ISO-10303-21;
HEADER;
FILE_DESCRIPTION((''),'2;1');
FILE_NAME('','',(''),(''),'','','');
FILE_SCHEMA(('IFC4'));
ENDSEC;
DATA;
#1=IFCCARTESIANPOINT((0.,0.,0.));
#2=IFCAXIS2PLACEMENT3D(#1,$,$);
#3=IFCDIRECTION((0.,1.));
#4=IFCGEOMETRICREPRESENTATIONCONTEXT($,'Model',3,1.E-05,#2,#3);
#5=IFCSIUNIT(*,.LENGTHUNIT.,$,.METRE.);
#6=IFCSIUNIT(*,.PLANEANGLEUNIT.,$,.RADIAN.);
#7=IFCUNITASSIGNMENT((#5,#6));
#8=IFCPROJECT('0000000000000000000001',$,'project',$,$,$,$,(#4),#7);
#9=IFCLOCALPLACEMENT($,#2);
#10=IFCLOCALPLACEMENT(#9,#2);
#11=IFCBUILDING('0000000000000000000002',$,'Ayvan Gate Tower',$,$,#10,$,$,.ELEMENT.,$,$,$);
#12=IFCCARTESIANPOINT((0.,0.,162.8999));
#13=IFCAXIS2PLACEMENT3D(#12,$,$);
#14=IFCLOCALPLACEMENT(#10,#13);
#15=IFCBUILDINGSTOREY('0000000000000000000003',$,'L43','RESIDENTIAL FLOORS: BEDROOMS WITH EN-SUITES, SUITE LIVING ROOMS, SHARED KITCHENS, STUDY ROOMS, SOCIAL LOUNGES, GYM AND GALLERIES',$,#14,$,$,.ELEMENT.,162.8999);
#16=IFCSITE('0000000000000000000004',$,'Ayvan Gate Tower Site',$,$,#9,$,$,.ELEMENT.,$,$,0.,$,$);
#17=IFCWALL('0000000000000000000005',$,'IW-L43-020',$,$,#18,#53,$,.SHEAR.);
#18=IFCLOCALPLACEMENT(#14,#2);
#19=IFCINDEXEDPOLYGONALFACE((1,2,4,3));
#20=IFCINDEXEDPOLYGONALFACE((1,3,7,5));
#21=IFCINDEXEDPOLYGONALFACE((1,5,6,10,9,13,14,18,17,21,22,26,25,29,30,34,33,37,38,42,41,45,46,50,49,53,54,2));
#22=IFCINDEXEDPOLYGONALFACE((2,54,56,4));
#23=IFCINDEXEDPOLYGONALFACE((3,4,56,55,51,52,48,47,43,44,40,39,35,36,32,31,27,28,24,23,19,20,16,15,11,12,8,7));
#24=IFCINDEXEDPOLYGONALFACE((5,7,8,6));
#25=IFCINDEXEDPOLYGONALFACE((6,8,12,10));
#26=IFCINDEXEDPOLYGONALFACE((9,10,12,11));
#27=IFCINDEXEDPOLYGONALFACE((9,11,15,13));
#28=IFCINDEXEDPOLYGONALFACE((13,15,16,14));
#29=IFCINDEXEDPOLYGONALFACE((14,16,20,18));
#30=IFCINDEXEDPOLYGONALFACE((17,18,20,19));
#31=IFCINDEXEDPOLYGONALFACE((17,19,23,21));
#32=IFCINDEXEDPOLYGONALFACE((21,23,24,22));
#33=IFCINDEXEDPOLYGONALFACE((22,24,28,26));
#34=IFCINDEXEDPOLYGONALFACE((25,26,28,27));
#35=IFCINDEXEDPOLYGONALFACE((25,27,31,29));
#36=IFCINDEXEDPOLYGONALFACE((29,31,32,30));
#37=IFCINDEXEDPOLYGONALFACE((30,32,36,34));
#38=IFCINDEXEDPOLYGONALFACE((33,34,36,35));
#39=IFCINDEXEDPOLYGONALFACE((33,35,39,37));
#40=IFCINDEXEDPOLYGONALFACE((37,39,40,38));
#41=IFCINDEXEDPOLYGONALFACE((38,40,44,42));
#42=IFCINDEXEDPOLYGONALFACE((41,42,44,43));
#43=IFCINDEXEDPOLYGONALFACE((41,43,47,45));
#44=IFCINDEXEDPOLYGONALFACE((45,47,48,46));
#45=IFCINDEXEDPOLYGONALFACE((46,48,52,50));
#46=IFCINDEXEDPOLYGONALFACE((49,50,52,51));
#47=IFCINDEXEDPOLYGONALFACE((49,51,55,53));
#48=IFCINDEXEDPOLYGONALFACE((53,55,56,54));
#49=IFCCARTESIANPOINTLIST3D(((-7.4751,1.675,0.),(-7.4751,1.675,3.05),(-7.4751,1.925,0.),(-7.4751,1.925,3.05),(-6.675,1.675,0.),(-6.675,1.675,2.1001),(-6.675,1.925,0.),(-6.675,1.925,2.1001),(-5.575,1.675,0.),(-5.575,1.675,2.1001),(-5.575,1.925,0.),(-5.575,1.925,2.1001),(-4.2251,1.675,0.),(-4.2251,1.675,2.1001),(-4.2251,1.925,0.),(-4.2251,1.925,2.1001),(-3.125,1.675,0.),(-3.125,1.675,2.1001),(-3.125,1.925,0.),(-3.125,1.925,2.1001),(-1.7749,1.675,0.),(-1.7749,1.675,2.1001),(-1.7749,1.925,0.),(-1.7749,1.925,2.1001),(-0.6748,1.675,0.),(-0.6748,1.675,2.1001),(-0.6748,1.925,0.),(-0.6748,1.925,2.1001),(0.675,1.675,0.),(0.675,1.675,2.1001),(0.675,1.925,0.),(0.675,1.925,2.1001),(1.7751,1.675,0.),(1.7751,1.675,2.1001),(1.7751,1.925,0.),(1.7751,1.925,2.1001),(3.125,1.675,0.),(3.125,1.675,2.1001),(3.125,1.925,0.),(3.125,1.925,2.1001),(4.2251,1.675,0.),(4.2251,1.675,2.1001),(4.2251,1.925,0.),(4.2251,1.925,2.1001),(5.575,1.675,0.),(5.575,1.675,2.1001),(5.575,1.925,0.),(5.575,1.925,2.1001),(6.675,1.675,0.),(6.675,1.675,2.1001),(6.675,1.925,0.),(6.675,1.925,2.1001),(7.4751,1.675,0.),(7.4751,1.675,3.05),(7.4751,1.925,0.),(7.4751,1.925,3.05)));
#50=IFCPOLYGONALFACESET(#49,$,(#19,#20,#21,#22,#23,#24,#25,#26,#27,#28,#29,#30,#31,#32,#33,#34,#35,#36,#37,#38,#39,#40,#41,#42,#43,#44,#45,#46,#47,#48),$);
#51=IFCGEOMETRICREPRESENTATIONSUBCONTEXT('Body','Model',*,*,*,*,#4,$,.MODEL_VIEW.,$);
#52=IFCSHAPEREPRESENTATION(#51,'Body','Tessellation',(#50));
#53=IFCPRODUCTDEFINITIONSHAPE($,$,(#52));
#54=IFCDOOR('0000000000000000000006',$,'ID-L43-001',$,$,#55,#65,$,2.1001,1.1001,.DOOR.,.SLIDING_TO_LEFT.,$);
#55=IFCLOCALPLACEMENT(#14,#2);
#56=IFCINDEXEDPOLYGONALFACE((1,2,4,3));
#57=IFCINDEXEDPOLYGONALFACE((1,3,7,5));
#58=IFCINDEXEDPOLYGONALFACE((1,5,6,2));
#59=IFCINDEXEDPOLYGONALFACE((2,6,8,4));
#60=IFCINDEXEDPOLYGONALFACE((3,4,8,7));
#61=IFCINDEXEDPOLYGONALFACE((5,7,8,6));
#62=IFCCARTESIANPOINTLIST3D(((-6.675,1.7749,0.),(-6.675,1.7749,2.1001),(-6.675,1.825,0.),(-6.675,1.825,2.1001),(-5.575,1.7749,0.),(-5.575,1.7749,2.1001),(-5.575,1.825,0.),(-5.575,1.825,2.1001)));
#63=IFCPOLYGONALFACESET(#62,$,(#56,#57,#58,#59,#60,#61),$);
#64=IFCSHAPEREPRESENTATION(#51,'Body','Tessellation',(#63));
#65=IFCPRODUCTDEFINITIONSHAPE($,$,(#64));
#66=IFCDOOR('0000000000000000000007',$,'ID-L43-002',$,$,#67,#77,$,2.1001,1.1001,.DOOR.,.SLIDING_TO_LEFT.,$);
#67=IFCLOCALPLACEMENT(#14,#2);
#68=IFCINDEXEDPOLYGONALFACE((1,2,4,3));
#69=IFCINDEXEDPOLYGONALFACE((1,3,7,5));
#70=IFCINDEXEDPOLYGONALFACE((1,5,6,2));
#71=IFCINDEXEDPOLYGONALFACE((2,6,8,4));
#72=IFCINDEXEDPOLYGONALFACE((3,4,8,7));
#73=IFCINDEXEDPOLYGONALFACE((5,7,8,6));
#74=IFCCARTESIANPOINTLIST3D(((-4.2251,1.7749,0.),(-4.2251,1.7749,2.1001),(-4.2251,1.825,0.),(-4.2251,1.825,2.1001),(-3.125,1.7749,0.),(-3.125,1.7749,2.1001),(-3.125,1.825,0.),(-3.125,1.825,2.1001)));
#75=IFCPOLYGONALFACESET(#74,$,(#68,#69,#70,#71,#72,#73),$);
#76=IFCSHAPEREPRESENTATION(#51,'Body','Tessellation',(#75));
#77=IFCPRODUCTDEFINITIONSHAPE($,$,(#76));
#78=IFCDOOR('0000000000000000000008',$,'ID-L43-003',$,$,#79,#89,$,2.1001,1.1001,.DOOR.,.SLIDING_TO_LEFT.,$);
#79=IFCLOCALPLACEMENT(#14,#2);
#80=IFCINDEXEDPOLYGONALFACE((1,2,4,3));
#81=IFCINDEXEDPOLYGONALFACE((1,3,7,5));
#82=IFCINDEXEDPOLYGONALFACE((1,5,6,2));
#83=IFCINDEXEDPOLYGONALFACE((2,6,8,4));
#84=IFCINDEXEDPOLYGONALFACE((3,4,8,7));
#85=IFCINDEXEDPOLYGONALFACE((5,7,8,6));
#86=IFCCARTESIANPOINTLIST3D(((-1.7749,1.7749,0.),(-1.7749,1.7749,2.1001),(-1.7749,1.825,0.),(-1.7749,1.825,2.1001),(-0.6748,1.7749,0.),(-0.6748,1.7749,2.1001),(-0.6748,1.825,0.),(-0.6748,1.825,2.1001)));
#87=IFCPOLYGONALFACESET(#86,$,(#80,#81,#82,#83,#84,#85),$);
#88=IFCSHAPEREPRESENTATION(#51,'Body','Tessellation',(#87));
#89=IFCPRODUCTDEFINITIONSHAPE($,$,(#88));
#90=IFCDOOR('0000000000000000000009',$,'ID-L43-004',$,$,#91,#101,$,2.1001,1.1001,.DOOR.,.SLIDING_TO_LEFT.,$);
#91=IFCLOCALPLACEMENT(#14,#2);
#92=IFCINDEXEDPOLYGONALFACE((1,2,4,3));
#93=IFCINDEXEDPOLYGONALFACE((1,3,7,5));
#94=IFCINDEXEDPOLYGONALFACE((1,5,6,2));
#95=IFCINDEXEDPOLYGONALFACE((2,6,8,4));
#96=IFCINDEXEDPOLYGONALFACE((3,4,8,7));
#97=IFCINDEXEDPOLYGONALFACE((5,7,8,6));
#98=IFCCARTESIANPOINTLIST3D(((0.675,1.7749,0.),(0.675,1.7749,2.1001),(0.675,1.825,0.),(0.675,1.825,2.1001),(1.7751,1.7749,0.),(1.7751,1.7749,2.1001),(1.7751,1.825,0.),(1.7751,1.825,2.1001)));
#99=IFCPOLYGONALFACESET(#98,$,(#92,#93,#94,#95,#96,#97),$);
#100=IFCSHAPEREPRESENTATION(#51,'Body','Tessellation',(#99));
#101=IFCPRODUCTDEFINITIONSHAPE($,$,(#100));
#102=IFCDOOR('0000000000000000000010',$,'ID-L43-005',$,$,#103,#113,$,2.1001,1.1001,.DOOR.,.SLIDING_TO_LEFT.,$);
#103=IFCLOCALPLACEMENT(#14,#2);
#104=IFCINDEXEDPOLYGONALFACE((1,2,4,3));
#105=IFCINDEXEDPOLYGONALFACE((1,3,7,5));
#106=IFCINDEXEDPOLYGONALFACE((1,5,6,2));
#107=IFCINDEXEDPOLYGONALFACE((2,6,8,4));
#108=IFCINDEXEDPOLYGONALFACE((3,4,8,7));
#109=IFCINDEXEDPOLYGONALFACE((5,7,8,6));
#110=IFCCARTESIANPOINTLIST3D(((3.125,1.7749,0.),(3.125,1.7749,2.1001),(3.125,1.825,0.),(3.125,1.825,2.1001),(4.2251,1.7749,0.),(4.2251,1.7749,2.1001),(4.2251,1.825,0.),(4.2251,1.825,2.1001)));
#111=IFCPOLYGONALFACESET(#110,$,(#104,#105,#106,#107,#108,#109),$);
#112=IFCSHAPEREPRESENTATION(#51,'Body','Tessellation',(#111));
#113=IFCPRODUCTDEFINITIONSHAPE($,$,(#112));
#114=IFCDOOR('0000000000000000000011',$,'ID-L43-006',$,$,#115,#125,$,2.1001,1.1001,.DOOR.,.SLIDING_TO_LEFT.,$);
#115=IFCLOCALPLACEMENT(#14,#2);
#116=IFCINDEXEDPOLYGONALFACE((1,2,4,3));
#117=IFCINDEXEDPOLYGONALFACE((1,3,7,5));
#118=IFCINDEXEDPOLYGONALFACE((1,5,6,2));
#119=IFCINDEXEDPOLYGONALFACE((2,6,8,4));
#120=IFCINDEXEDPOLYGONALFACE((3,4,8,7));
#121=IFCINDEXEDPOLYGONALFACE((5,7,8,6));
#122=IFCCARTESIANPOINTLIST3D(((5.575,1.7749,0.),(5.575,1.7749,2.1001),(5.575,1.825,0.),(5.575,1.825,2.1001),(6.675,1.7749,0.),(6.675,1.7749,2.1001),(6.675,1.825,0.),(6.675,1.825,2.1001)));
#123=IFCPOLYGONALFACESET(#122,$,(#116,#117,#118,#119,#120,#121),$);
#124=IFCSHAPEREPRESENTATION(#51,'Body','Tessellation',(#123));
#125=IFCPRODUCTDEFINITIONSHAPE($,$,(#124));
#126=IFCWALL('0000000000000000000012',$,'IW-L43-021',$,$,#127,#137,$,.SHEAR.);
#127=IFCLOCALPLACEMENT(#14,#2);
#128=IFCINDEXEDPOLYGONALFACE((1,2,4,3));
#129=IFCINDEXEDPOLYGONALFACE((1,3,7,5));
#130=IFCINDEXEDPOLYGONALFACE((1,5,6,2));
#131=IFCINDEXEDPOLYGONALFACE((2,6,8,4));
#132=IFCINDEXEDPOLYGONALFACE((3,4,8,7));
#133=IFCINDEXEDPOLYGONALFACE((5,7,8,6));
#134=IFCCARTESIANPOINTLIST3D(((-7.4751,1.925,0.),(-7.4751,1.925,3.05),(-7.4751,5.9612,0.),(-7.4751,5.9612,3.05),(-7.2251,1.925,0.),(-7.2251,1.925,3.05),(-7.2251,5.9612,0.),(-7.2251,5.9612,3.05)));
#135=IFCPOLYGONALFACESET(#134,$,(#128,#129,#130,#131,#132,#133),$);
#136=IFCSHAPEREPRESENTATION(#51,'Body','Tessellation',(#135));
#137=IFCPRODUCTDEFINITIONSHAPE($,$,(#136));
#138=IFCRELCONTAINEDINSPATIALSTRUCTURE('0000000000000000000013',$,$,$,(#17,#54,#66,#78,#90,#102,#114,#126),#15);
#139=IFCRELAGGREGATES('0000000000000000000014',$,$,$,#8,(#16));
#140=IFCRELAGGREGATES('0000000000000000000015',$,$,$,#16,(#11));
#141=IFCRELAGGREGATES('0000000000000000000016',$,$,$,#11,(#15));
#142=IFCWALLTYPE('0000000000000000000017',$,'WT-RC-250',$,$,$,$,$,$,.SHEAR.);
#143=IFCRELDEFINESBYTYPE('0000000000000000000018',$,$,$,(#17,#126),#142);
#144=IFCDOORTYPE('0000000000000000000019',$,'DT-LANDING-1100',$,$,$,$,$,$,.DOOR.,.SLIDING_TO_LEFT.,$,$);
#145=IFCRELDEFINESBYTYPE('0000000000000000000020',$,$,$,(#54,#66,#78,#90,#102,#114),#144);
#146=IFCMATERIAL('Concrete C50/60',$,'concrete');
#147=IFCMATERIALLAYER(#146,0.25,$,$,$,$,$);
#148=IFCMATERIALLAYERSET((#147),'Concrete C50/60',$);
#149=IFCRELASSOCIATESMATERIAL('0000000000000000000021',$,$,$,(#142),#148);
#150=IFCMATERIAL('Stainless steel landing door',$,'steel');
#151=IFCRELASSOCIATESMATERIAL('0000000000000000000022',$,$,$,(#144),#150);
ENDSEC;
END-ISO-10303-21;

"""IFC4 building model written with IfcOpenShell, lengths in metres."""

from ifc_helpers import new_model, si_unit, direction, frame, frame_2d, origin, place, context, subcontext, project, spatial, rectangle, extrude, material, layer, layer_set, type_object, element, fill, save


model = new_model("IFC4")

# Units and contexts
model_context = context("Model", 3, precision=1e-05, world=origin(), true_north=direction((0.0, 1.0)))
body_context = subcontext(model_context, "Body", "Model", "MODEL_VIEW")
ifc_project = project(units=[si_unit("LENGTHUNIT", "METRE"), si_unit("PLANEANGLEUNIT", "RADIAN")], contexts=[model_context])

# Site, building, storey
site_placement = place(None, origin())
site = spatial("IfcSite", under=ifc_project, at=site_placement, Name="Ayvan Gate Tower Site", CompositionType="ELEMENT", RefElevation=0.0)
building_placement = place(site_placement, origin())
building = spatial("IfcBuilding", under=site, at=building_placement, Name="Ayvan Gate Tower", CompositionType="ELEMENT")
storey_placement = place(building_placement, frame((0.0, 0.0, 162.8999)))
storey = spatial("IfcBuildingStorey", under=building, at=storey_placement, Name="L43", Description="RESIDENTIAL FLOORS: BEDROOMS WITH EN-SUITES, SUITE LIVING ROOMS, SHARED KITCHENS, STUDY ROOMS, SOCIAL LOUNGES, GYM AND GALLERIES", CompositionType="ELEMENT", Elevation=162.8999)

# Wall, openings, doors
ifc_material_1 = material(Name="Concrete C50/60", Category="concrete")
ifc_layer_1 = layer(ifc_material_1, 0.25)
ifc_layer_set_1 = layer_set([ifc_layer_1], Name="Concrete C50/60")
wall_type_1 = type_object("IfcWallType", Name="WT-RC-250", PredefinedType="SHEAR", material=ifc_layer_set_1)
wall_1_placement = place(storey_placement, frame((-7.4751, 1.8, 0.0), z_axis=(0.0, 0.0, 1.0), x_axis=(1.0, 0.0, 0.0)))
wall_1 = element("IfcWall", 1, at=wall_1_placement, inside=storey, type_object=wall_type_1, Name="IW-L43-020", PredefinedType="SHEAR", context=body_context, shape_type="SweptSolid", body=[
    extrude(rectangle(XDim=14.9502, YDim=0.25, at=frame_2d((7.4751, 0.0))), origin(), (0.0, 0.0, 1.0), 3.05),
])
opening_1_placement = place(wall_1_placement, frame((0.8, 0.0, 0.0)))
opening_1 = element("IfcOpeningElement", 2, at=opening_1_placement, cuts=wall_1, PredefinedType="OPENING", context=body_context, shape_type="SweptSolid", body=[
    extrude(rectangle(XDim=1.1001, YDim=2.1001, at=frame_2d((0.55, 1.05))), frame((0.0, 0.135, 0.0), z_axis=(0.0, -1.0, 0.0), x_axis=(1.0, 0.0, 0.0)), (0.0, 0.0, 1.0), 0.27),
])
opening_2_placement = place(wall_1_placement, frame((3.25, 0.0, 0.0)))
opening_2 = element("IfcOpeningElement", 3, at=opening_2_placement, cuts=wall_1, PredefinedType="OPENING", context=body_context, shape_type="SweptSolid", body=[
    extrude(rectangle(XDim=1.1001, YDim=2.1001, at=frame_2d((0.55, 1.05))), frame((0.0, 0.135, 0.0), z_axis=(0.0, -1.0, 0.0), x_axis=(1.0, 0.0, 0.0)), (0.0, 0.0, 1.0), 0.27),
])
opening_3_placement = place(wall_1_placement, frame((5.7002, 0.0, 0.0)))
opening_3 = element("IfcOpeningElement", 4, at=opening_3_placement, cuts=wall_1, PredefinedType="OPENING", context=body_context, shape_type="SweptSolid", body=[
    extrude(rectangle(XDim=1.1001, YDim=2.1001, at=frame_2d((0.55, 1.05))), frame((0.0, 0.135, 0.0), z_axis=(0.0, -1.0, 0.0), x_axis=(1.0, 0.0, 0.0)), (0.0, 0.0, 1.0), 0.27),
])
opening_4_placement = place(wall_1_placement, frame((8.1501, 0.0, 0.0)))
opening_4 = element("IfcOpeningElement", 5, at=opening_4_placement, cuts=wall_1, PredefinedType="OPENING", context=body_context, shape_type="SweptSolid", body=[
    extrude(rectangle(XDim=1.1001, YDim=2.1001, at=frame_2d((0.55, 1.05))), frame((0.0, 0.135, 0.0), z_axis=(0.0, -1.0, 0.0), x_axis=(1.0, 0.0, 0.0)), (0.0, 0.0, 1.0), 0.27),
])
opening_5_placement = place(wall_1_placement, frame((10.6001, 0.0, 0.0)))
opening_5 = element("IfcOpeningElement", 6, at=opening_5_placement, cuts=wall_1, PredefinedType="OPENING", context=body_context, shape_type="SweptSolid", body=[
    extrude(rectangle(XDim=1.1001, YDim=2.1001, at=frame_2d((0.55, 1.05))), frame((0.0, 0.135, 0.0), z_axis=(0.0, -1.0, 0.0), x_axis=(1.0, 0.0, 0.0)), (0.0, 0.0, 1.0), 0.27),
])
opening_6_placement = place(wall_1_placement, frame((13.05, 0.0, 0.0)))
opening_6 = element("IfcOpeningElement", 7, at=opening_6_placement, cuts=wall_1, PredefinedType="OPENING", context=body_context, shape_type="SweptSolid", body=[
    extrude(rectangle(XDim=1.1001, YDim=2.1001, at=frame_2d((0.55, 1.05))), frame((0.0, 0.135, 0.0), z_axis=(0.0, -1.0, 0.0), x_axis=(1.0, 0.0, 0.0)), (0.0, 0.0, 1.0), 0.27),
])
ifc_material_2 = material(Name="Stainless steel landing door", Category="steel")
door_type_1 = type_object("IfcDoorType", Name="DT-LANDING-1100", OperationType="SLIDING_TO_LEFT", PredefinedType="DOOR", material=ifc_material_2)
door_1_placement = place(opening_1_placement, origin())
door_1 = element("IfcDoor", 8, at=door_1_placement, inside=storey, type_object=door_type_1, Name="ID-L43-001", OperationType="SLIDING_TO_LEFT", OverallHeight=2.1001, OverallWidth=1.1001, PredefinedType="DOOR", context=body_context, shape_type="SweptSolid", body=[
    extrude(rectangle(XDim=1.1001, YDim=2.1001, at=frame_2d((0.55, 1.05))), frame((0.0, 0.0249, 0.0), z_axis=(0.0, -1.0, 0.0), x_axis=(1.0, 0.0, 0.0)), (0.0, 0.0, 1.0), 0.05),
])
fill(opening_1, door_1)
door_2_placement = place(opening_2_placement, origin())
door_2 = element("IfcDoor", 9, at=door_2_placement, inside=storey, type_object=door_type_1, Name="ID-L43-002", OperationType="SLIDING_TO_LEFT", OverallHeight=2.1001, OverallWidth=1.1001, PredefinedType="DOOR", context=body_context, shape_type="SweptSolid", body=[
    extrude(rectangle(XDim=1.1001, YDim=2.1001, at=frame_2d((0.55, 1.05))), frame((0.0, 0.0249, 0.0), z_axis=(0.0, -1.0, 0.0), x_axis=(1.0, 0.0, 0.0)), (0.0, 0.0, 1.0), 0.05),
])
fill(opening_2, door_2)
door_3_placement = place(opening_3_placement, origin())
door_3 = element("IfcDoor", 10, at=door_3_placement, inside=storey, type_object=door_type_1, Name="ID-L43-003", OperationType="SLIDING_TO_LEFT", OverallHeight=2.1001, OverallWidth=1.1001, PredefinedType="DOOR", context=body_context, shape_type="SweptSolid", body=[
    extrude(rectangle(XDim=1.1001, YDim=2.1001, at=frame_2d((0.55, 1.05))), frame((0.0, 0.0249, 0.0), z_axis=(0.0, -1.0, 0.0), x_axis=(1.0, 0.0, 0.0)), (0.0, 0.0, 1.0), 0.05),
])
fill(opening_3, door_3)
door_4_placement = place(opening_4_placement, origin())
door_4 = element("IfcDoor", 11, at=door_4_placement, inside=storey, type_object=door_type_1, Name="ID-L43-004", OperationType="SLIDING_TO_LEFT", OverallHeight=2.1001, OverallWidth=1.1001, PredefinedType="DOOR", context=body_context, shape_type="SweptSolid", body=[
    extrude(rectangle(XDim=1.1001, YDim=2.1001, at=frame_2d((0.55, 1.05))), frame((0.0, 0.0249, 0.0), z_axis=(0.0, -1.0, 0.0), x_axis=(1.0, 0.0, 0.0)), (0.0, 0.0, 1.0), 0.05),
])
fill(opening_4, door_4)
door_5_placement = place(opening_5_placement, origin())
door_5 = element("IfcDoor", 12, at=door_5_placement, inside=storey, type_object=door_type_1, Name="ID-L43-005", OperationType="SLIDING_TO_LEFT", OverallHeight=2.1001, OverallWidth=1.1001, PredefinedType="DOOR", context=body_context, shape_type="SweptSolid", body=[
    extrude(rectangle(XDim=1.1001, YDim=2.1001, at=frame_2d((0.55, 1.05))), frame((0.0, 0.0249, 0.0), z_axis=(0.0, -1.0, 0.0), x_axis=(1.0, 0.0, 0.0)), (0.0, 0.0, 1.0), 0.05),
])
fill(opening_5, door_5)
door_6_placement = place(opening_6_placement, origin())
door_6 = element("IfcDoor", 13, at=door_6_placement, inside=storey, type_object=door_type_1, Name="ID-L43-006", OperationType="SLIDING_TO_LEFT", OverallHeight=2.1001, OverallWidth=1.1001, PredefinedType="DOOR", context=body_context, shape_type="SweptSolid", body=[
    extrude(rectangle(XDim=1.1001, YDim=2.1001, at=frame_2d((0.55, 1.05))), frame((0.0, 0.0249, 0.0), z_axis=(0.0, -1.0, 0.0), x_axis=(1.0, 0.0, 0.0)), (0.0, 0.0, 1.0), 0.05),
])
fill(opening_6, door_6)

# Wall
wall_2_placement = place(storey_placement, frame((-7.3501, 1.925, 0.0), z_axis=(0.0, 0.0, 1.0), x_axis=(0.0, 1.0, 0.0)))
element("IfcWall", 14, at=wall_2_placement, inside=storey, type_object=wall_type_1, Name="IW-L43-021", PredefinedType="SHEAR", context=body_context, shape_type="SweptSolid", body=[
    extrude(rectangle(XDim=4.0361, YDim=0.25, at=frame_2d((2.0181, 0.0))), origin(), (0.0, 0.0, 1.0), 3.05),
])

save(model, "model.ifc")
